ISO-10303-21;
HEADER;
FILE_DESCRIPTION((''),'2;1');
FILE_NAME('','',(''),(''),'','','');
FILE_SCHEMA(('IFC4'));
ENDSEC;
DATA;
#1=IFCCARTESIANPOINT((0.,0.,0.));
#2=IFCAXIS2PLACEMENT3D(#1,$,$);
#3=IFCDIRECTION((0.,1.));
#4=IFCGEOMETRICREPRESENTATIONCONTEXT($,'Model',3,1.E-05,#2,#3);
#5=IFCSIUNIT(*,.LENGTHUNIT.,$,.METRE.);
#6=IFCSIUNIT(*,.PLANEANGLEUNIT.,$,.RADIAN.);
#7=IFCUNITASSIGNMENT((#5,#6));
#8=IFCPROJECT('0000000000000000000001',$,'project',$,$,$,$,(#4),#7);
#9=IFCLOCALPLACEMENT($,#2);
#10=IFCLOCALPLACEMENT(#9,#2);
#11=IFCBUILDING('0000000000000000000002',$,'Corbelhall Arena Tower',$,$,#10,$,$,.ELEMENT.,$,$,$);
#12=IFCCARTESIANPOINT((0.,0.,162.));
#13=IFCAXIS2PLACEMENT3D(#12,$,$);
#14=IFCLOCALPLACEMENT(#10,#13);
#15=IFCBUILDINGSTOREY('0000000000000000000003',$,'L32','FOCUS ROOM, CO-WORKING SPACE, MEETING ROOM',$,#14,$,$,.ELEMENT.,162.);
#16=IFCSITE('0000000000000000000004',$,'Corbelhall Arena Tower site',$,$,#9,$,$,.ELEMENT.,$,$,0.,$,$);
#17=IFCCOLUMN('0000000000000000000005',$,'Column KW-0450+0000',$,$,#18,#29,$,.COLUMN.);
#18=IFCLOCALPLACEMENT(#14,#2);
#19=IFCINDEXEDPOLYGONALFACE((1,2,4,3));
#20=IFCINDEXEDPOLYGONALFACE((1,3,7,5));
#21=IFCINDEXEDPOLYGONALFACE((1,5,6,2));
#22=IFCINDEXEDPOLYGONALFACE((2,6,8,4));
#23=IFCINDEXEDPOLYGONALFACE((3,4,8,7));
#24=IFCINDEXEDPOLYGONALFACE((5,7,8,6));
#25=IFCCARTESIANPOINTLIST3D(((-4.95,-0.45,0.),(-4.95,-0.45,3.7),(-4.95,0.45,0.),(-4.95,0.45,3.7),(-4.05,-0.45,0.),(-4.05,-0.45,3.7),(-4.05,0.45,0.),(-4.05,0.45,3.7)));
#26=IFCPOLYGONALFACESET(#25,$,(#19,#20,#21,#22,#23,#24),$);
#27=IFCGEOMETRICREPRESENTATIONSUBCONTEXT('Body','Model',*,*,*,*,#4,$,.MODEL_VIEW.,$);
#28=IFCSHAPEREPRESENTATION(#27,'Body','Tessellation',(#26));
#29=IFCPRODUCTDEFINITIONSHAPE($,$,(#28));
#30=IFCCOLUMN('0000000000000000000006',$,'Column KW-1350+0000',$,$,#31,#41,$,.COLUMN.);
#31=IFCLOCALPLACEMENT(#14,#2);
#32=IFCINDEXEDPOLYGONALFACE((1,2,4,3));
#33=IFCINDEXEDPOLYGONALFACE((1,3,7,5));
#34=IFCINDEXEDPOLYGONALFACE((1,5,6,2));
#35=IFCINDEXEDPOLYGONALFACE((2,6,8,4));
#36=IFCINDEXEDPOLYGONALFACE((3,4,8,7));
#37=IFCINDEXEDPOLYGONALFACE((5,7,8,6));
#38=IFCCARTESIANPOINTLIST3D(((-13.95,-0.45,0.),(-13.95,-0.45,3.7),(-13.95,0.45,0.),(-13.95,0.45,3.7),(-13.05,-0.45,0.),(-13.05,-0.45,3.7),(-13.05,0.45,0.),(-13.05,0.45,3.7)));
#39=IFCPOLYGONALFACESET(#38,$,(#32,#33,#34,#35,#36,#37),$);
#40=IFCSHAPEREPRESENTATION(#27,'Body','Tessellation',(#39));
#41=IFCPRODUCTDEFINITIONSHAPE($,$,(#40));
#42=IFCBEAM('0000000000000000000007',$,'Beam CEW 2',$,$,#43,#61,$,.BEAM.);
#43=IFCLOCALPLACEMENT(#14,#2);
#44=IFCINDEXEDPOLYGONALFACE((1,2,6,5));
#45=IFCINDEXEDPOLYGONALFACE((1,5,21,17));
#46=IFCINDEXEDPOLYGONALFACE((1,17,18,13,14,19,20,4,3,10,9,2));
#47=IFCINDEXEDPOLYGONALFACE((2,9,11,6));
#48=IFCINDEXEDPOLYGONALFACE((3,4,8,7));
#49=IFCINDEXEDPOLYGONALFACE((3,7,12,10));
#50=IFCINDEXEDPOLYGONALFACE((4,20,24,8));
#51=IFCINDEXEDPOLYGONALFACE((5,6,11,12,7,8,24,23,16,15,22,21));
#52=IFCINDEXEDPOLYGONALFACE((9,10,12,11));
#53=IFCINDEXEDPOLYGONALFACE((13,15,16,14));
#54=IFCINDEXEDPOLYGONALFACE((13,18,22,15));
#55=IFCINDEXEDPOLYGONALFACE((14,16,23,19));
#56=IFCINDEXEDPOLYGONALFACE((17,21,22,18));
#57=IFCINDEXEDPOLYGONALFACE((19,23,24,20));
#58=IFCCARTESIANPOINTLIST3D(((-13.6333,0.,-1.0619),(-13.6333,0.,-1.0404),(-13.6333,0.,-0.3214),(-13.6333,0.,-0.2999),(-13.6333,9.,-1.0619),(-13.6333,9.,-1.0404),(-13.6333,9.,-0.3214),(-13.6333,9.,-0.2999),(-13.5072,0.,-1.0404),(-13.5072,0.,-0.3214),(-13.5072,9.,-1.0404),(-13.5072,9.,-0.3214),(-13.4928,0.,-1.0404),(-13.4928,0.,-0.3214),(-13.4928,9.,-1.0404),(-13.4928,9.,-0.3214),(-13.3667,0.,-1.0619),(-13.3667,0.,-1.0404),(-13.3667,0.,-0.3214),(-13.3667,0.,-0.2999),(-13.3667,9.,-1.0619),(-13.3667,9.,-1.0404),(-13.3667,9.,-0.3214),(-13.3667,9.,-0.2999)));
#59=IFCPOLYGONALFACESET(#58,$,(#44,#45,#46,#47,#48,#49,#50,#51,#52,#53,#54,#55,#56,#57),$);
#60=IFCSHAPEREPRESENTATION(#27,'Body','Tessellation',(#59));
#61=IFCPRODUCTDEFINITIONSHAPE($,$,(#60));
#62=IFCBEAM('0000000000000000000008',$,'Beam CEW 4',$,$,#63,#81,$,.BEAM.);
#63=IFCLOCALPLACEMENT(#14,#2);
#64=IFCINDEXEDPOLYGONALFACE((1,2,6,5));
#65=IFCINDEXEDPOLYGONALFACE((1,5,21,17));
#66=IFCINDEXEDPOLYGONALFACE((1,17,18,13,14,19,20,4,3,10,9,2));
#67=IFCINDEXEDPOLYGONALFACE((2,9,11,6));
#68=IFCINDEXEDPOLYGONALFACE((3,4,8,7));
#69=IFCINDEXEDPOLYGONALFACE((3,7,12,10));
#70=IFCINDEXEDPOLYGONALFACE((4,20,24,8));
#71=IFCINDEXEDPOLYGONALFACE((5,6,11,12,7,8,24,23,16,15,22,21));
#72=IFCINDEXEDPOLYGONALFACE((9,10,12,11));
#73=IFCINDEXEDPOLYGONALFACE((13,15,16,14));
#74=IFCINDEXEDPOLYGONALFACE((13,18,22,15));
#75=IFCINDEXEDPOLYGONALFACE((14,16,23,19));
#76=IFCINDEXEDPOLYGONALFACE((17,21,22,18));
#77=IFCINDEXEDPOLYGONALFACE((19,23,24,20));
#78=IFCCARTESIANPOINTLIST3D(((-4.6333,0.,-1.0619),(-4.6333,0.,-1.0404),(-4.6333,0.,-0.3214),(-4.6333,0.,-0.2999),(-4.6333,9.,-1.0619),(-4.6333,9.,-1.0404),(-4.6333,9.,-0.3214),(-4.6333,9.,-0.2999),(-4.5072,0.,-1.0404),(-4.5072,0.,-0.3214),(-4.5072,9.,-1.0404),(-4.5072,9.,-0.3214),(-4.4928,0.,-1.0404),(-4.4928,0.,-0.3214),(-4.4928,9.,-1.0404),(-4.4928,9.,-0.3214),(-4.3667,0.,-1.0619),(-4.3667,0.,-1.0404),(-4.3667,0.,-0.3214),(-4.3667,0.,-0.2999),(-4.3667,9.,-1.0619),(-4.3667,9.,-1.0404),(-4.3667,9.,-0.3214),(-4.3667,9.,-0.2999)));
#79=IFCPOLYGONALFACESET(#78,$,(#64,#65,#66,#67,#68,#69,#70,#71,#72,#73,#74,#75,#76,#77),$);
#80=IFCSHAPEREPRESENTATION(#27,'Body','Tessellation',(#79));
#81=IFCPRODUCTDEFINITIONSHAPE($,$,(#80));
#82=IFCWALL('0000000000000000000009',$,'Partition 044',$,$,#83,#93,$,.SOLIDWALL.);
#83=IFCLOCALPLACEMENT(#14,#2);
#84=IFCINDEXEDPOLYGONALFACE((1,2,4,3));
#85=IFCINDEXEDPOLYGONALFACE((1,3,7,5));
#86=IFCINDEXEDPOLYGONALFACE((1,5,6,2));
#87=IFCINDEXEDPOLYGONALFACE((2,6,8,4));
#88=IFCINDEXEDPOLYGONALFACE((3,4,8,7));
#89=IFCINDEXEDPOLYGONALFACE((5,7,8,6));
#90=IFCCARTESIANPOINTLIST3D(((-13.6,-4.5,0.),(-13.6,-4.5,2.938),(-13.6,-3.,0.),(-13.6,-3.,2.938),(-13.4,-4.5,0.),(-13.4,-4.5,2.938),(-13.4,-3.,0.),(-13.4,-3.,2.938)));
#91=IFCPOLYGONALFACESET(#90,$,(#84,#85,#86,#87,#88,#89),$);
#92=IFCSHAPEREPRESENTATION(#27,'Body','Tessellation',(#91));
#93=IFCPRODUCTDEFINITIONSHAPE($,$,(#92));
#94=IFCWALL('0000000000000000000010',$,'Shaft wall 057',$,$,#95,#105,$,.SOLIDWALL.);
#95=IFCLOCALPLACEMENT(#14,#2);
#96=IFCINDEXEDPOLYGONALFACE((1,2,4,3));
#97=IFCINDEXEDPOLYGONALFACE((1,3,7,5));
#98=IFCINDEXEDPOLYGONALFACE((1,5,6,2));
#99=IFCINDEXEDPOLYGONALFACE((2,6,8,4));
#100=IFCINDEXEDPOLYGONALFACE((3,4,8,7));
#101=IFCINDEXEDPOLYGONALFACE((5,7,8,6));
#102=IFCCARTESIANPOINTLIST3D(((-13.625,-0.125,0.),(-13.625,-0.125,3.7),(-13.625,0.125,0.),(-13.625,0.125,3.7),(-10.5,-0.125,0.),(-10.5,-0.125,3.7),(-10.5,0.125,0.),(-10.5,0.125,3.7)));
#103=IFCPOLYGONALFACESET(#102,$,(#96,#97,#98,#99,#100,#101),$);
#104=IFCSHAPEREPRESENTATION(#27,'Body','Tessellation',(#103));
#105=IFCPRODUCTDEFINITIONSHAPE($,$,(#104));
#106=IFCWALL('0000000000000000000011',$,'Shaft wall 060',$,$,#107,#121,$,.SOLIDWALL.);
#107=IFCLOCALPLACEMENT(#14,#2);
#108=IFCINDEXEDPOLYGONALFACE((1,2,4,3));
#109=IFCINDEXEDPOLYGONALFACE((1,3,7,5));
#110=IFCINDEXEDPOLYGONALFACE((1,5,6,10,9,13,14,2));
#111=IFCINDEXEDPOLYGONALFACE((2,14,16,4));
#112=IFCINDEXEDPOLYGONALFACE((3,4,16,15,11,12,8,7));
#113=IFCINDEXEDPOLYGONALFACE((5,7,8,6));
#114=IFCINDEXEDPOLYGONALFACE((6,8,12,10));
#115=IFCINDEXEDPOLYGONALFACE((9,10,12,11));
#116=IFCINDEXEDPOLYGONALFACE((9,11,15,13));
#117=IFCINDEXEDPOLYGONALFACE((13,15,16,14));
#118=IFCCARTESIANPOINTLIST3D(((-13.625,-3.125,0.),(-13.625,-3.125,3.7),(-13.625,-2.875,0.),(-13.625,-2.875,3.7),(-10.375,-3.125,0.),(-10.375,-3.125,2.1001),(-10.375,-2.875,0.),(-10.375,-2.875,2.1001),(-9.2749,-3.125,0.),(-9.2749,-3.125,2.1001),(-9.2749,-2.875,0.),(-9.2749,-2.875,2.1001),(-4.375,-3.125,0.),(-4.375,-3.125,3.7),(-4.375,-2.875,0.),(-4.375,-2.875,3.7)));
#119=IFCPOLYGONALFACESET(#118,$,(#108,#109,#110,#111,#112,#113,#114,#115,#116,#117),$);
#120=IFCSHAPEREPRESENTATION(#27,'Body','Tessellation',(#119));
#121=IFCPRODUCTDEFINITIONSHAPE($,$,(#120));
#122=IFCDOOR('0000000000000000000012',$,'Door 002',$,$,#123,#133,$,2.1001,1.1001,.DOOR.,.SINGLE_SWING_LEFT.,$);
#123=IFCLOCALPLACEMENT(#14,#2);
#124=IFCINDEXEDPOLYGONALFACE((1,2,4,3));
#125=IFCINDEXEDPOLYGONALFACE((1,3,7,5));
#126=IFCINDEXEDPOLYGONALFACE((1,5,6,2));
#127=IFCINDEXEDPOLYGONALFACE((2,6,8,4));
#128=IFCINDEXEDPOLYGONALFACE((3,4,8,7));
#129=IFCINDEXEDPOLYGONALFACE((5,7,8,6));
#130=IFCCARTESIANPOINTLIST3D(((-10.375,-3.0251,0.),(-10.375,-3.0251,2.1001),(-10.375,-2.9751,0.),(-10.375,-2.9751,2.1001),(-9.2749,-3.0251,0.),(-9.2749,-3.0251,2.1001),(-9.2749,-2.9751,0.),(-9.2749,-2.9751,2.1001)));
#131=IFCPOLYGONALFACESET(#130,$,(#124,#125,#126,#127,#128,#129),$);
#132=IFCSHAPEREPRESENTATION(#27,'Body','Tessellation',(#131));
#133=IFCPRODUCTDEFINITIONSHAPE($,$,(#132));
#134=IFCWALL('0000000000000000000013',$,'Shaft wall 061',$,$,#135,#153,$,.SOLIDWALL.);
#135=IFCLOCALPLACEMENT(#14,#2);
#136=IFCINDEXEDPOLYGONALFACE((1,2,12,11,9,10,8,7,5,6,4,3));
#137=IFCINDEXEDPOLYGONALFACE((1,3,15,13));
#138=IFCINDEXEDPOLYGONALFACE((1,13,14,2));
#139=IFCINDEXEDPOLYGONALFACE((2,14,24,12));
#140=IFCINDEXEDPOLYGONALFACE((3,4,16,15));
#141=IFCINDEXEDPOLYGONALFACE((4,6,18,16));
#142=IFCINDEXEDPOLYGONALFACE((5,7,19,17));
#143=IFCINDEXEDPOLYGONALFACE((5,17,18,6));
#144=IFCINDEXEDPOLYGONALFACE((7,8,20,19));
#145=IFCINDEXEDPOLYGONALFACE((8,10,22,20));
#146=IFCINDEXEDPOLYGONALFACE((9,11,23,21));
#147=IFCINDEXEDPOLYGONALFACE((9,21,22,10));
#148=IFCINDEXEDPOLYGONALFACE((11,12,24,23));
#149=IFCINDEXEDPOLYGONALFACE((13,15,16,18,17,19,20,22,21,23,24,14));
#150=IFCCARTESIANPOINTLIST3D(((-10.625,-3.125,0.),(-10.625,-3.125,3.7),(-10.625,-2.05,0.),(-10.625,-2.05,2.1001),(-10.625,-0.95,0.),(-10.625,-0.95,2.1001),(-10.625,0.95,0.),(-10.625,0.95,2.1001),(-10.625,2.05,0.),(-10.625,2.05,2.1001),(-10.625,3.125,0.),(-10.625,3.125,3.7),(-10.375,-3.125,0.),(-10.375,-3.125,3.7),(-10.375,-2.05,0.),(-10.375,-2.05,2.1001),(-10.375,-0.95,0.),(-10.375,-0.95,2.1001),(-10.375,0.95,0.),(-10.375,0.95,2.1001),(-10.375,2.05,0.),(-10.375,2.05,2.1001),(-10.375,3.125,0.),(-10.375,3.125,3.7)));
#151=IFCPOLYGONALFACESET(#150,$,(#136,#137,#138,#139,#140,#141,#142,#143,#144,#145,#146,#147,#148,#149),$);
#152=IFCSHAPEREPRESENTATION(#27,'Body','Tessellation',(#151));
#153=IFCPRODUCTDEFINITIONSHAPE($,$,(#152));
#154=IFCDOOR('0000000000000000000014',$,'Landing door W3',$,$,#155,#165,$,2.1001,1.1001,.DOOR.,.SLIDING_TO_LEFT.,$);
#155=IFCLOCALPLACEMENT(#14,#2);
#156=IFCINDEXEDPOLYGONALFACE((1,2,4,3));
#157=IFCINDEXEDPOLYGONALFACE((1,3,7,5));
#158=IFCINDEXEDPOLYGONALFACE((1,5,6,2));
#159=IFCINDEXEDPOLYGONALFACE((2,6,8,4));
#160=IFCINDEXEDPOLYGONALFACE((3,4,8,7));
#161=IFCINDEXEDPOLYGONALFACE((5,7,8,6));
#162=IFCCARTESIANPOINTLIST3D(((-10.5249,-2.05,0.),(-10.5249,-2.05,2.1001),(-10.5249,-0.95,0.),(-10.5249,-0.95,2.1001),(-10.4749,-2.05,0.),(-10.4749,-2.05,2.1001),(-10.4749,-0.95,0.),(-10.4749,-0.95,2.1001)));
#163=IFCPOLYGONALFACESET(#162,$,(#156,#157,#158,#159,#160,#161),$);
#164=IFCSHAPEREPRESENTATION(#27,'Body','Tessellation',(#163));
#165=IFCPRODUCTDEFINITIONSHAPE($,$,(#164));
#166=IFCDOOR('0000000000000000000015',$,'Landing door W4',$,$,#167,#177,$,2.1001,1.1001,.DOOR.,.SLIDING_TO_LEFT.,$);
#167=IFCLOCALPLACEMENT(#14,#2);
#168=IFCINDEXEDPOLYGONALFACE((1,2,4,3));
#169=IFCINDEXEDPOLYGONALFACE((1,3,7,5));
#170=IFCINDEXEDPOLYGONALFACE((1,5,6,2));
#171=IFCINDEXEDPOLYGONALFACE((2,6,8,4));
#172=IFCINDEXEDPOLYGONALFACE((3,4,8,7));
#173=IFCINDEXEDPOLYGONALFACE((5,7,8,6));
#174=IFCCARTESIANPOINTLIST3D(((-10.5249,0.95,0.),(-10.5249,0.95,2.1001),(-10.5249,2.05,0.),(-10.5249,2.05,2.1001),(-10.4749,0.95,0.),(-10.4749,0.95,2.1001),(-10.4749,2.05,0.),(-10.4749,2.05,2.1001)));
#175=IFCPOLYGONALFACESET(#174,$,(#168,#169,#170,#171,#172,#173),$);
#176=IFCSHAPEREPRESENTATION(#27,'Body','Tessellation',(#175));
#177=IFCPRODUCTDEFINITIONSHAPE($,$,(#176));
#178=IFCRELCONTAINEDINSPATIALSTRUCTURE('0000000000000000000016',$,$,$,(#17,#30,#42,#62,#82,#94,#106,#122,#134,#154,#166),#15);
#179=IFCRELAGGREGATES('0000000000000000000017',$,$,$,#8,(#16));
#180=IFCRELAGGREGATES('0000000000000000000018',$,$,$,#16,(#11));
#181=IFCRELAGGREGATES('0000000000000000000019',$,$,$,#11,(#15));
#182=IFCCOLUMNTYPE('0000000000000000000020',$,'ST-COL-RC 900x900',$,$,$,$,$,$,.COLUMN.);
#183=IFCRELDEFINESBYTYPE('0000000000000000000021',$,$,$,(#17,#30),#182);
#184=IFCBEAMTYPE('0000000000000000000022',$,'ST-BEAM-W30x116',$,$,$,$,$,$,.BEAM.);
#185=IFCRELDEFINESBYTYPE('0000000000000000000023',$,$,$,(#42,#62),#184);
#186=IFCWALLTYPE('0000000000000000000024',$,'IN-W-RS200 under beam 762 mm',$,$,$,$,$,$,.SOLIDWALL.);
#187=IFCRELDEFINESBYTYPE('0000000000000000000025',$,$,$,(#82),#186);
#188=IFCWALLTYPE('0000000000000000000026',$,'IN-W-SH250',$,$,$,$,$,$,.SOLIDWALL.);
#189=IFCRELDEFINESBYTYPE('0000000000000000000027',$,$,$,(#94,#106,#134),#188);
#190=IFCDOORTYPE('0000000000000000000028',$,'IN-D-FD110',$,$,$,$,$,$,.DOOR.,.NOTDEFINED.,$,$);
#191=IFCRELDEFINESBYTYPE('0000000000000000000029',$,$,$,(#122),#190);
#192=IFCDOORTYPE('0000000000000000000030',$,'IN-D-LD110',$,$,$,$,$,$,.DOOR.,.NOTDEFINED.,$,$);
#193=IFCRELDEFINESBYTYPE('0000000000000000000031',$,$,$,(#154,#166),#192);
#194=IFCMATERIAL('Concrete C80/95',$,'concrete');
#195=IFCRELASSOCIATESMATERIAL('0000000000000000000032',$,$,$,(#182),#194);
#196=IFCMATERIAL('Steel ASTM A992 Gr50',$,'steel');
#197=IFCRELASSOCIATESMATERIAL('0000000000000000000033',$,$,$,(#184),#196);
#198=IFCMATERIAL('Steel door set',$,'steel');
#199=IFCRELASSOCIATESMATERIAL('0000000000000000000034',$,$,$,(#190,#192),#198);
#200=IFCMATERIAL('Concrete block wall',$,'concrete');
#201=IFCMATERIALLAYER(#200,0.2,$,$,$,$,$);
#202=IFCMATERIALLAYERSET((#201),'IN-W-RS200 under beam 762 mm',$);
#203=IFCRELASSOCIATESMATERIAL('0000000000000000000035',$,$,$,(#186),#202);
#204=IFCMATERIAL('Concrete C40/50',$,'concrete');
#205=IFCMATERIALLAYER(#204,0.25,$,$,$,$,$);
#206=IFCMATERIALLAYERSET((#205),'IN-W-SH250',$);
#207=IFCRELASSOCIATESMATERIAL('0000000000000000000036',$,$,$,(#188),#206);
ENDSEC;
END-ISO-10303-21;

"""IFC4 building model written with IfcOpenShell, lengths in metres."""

from ifc_helpers import new_model, si_unit, direction, frame, frame_2d, origin, origin_2d, place, context, subcontext, project, spatial, rectangle, i_section, extrude, material, layer, layer_set, material_profile, profile_set, type_object, element, fill, save


model = new_model("IFC4")

# Units and contexts
model_context = context("Model", 3, precision=1e-05, world=origin(), true_north=direction((0.0, 1.0)))
body_context = subcontext(model_context, "Body", "Model", "MODEL_VIEW")
ifc_project = project(units=[si_unit("LENGTHUNIT", "METRE"), si_unit("PLANEANGLEUNIT", "RADIAN")], contexts=[model_context])

# Site, building, storey
site_placement = place(None, origin())
site = spatial("IfcSite", under=ifc_project, at=site_placement, Name="Corbelhall Arena Tower site", CompositionType="ELEMENT", RefElevation=0.0)
building_placement = place(site_placement, origin())
building = spatial("IfcBuilding", under=site, at=building_placement, Name="Corbelhall Arena Tower", CompositionType="ELEMENT")
storey_placement = place(building_placement, frame((0.0, 0.0, 162.0)))
storey = spatial("IfcBuildingStorey", under=building, at=storey_placement, Name="L32", Description="FOCUS ROOM, CO-WORKING SPACE, MEETING ROOM", CompositionType="ELEMENT", Elevation=162.0)

# Columns
ifc_material_1 = material(Name="Concrete C80/95", Category="concrete")
ifc_material_profile_1 = material_profile(ifc_material_1, rectangle(XDim=0.8999, YDim=0.8999, at=origin_2d()))
ifc_profile_set_1 = profile_set([ifc_material_profile_1], Name="Concrete C80/95")
column_type = type_object("IfcColumnType", Name="ST-COL-RC 900x900", PredefinedType="COLUMN", material=ifc_profile_set_1)
for number, where, z_axis, x_axis, name in (
    (1, (-4.5, 0.0, 0.0), (0.0, 0.0, 1.0), (1.0, 0.0, 0.0), "Column KW-0450+0000"),
    (2, (-13.5, 0.0, 0.0), (0.0, 0.0, 1.0), (1.0, 0.0, 0.0), "Column KW-1350+0000"),
):
    element("IfcColumn", number, at=place(storey_placement, frame(where, z_axis=z_axis, x_axis=x_axis)), inside=storey, type_object=column_type, Name=name, PredefinedType="COLUMN", context=body_context, shape_type="SweptSolid", body=[
        extrude(rectangle(XDim=0.8999, YDim=0.8999, at=origin_2d()), origin(), (0.0, 0.0, 1.0), 3.7),
    ])

# Beams
ifc_material_2 = material(Name="Steel ASTM A992 Gr50", Category="steel")
ifc_material_profile_2 = material_profile(ifc_material_2, i_section(OverallWidth=0.2666, OverallDepth=0.762, WebThickness=0.0144, FlangeThickness=0.0215, at=origin_2d()))
ifc_profile_set_2 = profile_set([ifc_material_profile_2], Name="Steel ASTM A992 Gr50")
beam_type = type_object("IfcBeamType", Name="ST-BEAM-W30x116", PredefinedType="BEAM", material=ifc_profile_set_2)
for number, where, z_axis, x_axis, name in (
    (3, (-13.5, 0.0, -0.6809), (0.0, 1.0, 0.0), (-1.0, 0.0, 0.0), "Beam CEW 2"),
    (4, (-4.5, 0.0, -0.6809), (0.0, 1.0, 0.0), (-1.0, 0.0, 0.0), "Beam CEW 4"),
):
    element("IfcBeam", number, at=place(storey_placement, frame(where, z_axis=z_axis, x_axis=x_axis)), inside=storey, type_object=beam_type, Name=name, PredefinedType="BEAM", context=body_context, shape_type="SweptSolid", body=[
        extrude(i_section(OverallWidth=0.2666, OverallDepth=0.762, WebThickness=0.0144, FlangeThickness=0.0215, at=origin_2d()), origin(), (0.0, 0.0, 1.0), 9.0),
    ])

# Shared definitions
ifc_material_3 = material(Name="Concrete block wall", Category="concrete")
ifc_material_4 = material(Name="Steel door set", Category="steel")
door_type_1 = type_object("IfcDoorType", Name="IN-D-FD110", OperationType="NOTDEFINED", PredefinedType="DOOR", material=ifc_material_4)

# Walls
ifc_layer_1 = layer(ifc_material_3, 0.2)
ifc_layer_set_1 = layer_set([ifc_layer_1], Name="IN-W-RS200 under beam 762 mm")
wall_type_1 = type_object("IfcWallType", Name="IN-W-RS200 under beam 762 mm", PredefinedType="SOLIDWALL", material=ifc_layer_set_1)
wall_1_placement = place(storey_placement, frame((-13.5, -4.5, 0.0), z_axis=(0.0, 0.0, 1.0), x_axis=(0.0, 1.0, 0.0)))
element("IfcWall", 5, at=wall_1_placement, inside=storey, type_object=wall_type_1, Name="Partition 044", PredefinedType="SOLIDWALL", context=body_context, shape_type="SweptSolid", body=[
    extrude(rectangle(XDim=1.5, YDim=0.2, at=frame_2d((0.75, 0.0))), origin(), (0.0, 0.0, 1.0), 2.938),
])
ifc_material_5 = material(Name="Concrete C40/50", Category="concrete")
ifc_layer_2 = layer(ifc_material_5, 0.25)
ifc_layer_set_2 = layer_set([ifc_layer_2], Name="IN-W-SH250")
wall_type_2 = type_object("IfcWallType", Name="IN-W-SH250", PredefinedType="SOLIDWALL", material=ifc_layer_set_2)
wall_2_placement = place(storey_placement, frame((-13.625, 0.0, 0.0), z_axis=(0.0, 0.0, 1.0), x_axis=(1.0, 0.0, 0.0)))
element("IfcWall", 6, at=wall_2_placement, inside=storey, type_object=wall_type_2, Name="Shaft wall 057", PredefinedType="SOLIDWALL", context=body_context, shape_type="SweptSolid", body=[
    extrude(rectangle(XDim=3.125, YDim=0.25, at=frame_2d((1.5625, 0.0))), origin(), (0.0, 0.0, 1.0), 3.7),
])

# Wall, opening, door
wall_3_placement = place(storey_placement, frame((-13.625, -3.0, 0.0), z_axis=(0.0, 0.0, 1.0), x_axis=(1.0, 0.0, 0.0)))
wall_3 = element("IfcWall", 7, at=wall_3_placement, inside=storey, type_object=wall_type_2, Name="Shaft wall 060", PredefinedType="SOLIDWALL", context=body_context, shape_type="SweptSolid", body=[
    extrude(rectangle(XDim=9.25, YDim=0.25, at=frame_2d((4.625, 0.0))), origin(), (0.0, 0.0, 1.0), 3.7),
])
opening_1_placement = place(wall_3_placement, frame((3.25, 0.0, 0.0)))
opening_1 = element("IfcOpeningElement", 8, at=opening_1_placement, cuts=wall_3, PredefinedType="OPENING", context=body_context, shape_type="SweptSolid", body=[
    extrude(rectangle(XDim=1.1001, YDim=2.1001, at=frame_2d((0.55, 1.05))), frame((0.0, 0.125, 0.0), z_axis=(0.0, -1.0, 0.0), x_axis=(1.0, 0.0, 0.0)), (0.0, 0.0, 1.0), 0.25),
])
door_1_placement = place(opening_1_placement, origin())
door_1 = element("IfcDoor", 9, at=door_1_placement, inside=storey, type_object=door_type_1, Name="Door 002", OperationType="SINGLE_SWING_LEFT", OverallHeight=2.1001, OverallWidth=1.1001, PredefinedType="DOOR", context=body_context, shape_type="SweptSolid", body=[
    extrude(rectangle(XDim=1.1001, YDim=2.1001, at=frame_2d((0.55, 1.05))), frame((0.0, 0.0249, 0.0), z_axis=(0.0, -1.0, 0.0), x_axis=(1.0, 0.0, 0.0)), (0.0, 0.0, 1.0), 0.05),
])
fill(opening_1, door_1)

# Wall, openings, doors
wall_4_placement = place(storey_placement, frame((-10.5, -3.125, 0.0), z_axis=(0.0, 0.0, 1.0), x_axis=(0.0, 1.0, 0.0)))
wall_4 = element("IfcWall", 10, at=wall_4_placement, inside=storey, type_object=wall_type_2, Name="Shaft wall 061", PredefinedType="SOLIDWALL", context=body_context, shape_type="SweptSolid", body=[
    extrude(rectangle(XDim=6.25, YDim=0.25, at=frame_2d((3.125, 0.0))), origin(), (0.0, 0.0, 1.0), 3.7),
])
opening_2_placement = place(wall_4_placement, frame((1.075, 0.0, 0.0)))
opening_2 = element("IfcOpeningElement", 11, at=opening_2_placement, cuts=wall_4, PredefinedType="OPENING", context=body_context, shape_type="SweptSolid", body=[
    extrude(rectangle(XDim=1.1001, YDim=2.1001, at=frame_2d((0.55, 1.05))), frame((0.0, 0.125, 0.0), z_axis=(0.0, -1.0, 0.0), x_axis=(1.0, 0.0, 0.0)), (0.0, 0.0, 1.0), 0.25),
])
opening_3_placement = place(wall_4_placement, frame((4.075, 0.0, 0.0)))
opening_3 = element("IfcOpeningElement", 12, at=opening_3_placement, cuts=wall_4, PredefinedType="OPENING", context=body_context, shape_type="SweptSolid", body=[
    extrude(rectangle(XDim=1.1001, YDim=2.1001, at=frame_2d((0.55, 1.05))), frame((0.0, 0.125, 0.0), z_axis=(0.0, -1.0, 0.0), x_axis=(1.0, 0.0, 0.0)), (0.0, 0.0, 1.0), 0.25),
])
door_type_2 = type_object("IfcDoorType", Name="IN-D-LD110", OperationType="NOTDEFINED", PredefinedType="DOOR", material=ifc_material_4)
door_2_placement = place(opening_2_placement, origin())
door_2 = element("IfcDoor", 13, at=door_2_placement, inside=storey, type_object=door_type_2, Name="Landing door W3", OperationType="SLIDING_TO_LEFT", OverallHeight=2.1001, OverallWidth=1.1001, PredefinedType="DOOR", context=body_context, shape_type="SweptSolid", body=[
    extrude(rectangle(XDim=1.1001, YDim=2.1001, at=frame_2d((0.55, 1.05))), frame((0.0, 0.0249, 0.0), z_axis=(0.0, -1.0, 0.0), x_axis=(1.0, 0.0, 0.0)), (0.0, 0.0, 1.0), 0.05),
])
fill(opening_2, door_2)
door_3_placement = place(opening_3_placement, origin())
door_3 = element("IfcDoor", 14, at=door_3_placement, inside=storey, type_object=door_type_2, Name="Landing door W4", OperationType="SLIDING_TO_LEFT", OverallHeight=2.1001, OverallWidth=1.1001, PredefinedType="DOOR", context=body_context, shape_type="SweptSolid", body=[
    extrude(rectangle(XDim=1.1001, YDim=2.1001, at=frame_2d((0.55, 1.05))), frame((0.0, 0.0249, 0.0), z_axis=(0.0, -1.0, 0.0), x_axis=(1.0, 0.0, 0.0)), (0.0, 0.0, 1.0), 0.05),
])
fill(opening_3, door_3)

save(model, "model.ifc")
